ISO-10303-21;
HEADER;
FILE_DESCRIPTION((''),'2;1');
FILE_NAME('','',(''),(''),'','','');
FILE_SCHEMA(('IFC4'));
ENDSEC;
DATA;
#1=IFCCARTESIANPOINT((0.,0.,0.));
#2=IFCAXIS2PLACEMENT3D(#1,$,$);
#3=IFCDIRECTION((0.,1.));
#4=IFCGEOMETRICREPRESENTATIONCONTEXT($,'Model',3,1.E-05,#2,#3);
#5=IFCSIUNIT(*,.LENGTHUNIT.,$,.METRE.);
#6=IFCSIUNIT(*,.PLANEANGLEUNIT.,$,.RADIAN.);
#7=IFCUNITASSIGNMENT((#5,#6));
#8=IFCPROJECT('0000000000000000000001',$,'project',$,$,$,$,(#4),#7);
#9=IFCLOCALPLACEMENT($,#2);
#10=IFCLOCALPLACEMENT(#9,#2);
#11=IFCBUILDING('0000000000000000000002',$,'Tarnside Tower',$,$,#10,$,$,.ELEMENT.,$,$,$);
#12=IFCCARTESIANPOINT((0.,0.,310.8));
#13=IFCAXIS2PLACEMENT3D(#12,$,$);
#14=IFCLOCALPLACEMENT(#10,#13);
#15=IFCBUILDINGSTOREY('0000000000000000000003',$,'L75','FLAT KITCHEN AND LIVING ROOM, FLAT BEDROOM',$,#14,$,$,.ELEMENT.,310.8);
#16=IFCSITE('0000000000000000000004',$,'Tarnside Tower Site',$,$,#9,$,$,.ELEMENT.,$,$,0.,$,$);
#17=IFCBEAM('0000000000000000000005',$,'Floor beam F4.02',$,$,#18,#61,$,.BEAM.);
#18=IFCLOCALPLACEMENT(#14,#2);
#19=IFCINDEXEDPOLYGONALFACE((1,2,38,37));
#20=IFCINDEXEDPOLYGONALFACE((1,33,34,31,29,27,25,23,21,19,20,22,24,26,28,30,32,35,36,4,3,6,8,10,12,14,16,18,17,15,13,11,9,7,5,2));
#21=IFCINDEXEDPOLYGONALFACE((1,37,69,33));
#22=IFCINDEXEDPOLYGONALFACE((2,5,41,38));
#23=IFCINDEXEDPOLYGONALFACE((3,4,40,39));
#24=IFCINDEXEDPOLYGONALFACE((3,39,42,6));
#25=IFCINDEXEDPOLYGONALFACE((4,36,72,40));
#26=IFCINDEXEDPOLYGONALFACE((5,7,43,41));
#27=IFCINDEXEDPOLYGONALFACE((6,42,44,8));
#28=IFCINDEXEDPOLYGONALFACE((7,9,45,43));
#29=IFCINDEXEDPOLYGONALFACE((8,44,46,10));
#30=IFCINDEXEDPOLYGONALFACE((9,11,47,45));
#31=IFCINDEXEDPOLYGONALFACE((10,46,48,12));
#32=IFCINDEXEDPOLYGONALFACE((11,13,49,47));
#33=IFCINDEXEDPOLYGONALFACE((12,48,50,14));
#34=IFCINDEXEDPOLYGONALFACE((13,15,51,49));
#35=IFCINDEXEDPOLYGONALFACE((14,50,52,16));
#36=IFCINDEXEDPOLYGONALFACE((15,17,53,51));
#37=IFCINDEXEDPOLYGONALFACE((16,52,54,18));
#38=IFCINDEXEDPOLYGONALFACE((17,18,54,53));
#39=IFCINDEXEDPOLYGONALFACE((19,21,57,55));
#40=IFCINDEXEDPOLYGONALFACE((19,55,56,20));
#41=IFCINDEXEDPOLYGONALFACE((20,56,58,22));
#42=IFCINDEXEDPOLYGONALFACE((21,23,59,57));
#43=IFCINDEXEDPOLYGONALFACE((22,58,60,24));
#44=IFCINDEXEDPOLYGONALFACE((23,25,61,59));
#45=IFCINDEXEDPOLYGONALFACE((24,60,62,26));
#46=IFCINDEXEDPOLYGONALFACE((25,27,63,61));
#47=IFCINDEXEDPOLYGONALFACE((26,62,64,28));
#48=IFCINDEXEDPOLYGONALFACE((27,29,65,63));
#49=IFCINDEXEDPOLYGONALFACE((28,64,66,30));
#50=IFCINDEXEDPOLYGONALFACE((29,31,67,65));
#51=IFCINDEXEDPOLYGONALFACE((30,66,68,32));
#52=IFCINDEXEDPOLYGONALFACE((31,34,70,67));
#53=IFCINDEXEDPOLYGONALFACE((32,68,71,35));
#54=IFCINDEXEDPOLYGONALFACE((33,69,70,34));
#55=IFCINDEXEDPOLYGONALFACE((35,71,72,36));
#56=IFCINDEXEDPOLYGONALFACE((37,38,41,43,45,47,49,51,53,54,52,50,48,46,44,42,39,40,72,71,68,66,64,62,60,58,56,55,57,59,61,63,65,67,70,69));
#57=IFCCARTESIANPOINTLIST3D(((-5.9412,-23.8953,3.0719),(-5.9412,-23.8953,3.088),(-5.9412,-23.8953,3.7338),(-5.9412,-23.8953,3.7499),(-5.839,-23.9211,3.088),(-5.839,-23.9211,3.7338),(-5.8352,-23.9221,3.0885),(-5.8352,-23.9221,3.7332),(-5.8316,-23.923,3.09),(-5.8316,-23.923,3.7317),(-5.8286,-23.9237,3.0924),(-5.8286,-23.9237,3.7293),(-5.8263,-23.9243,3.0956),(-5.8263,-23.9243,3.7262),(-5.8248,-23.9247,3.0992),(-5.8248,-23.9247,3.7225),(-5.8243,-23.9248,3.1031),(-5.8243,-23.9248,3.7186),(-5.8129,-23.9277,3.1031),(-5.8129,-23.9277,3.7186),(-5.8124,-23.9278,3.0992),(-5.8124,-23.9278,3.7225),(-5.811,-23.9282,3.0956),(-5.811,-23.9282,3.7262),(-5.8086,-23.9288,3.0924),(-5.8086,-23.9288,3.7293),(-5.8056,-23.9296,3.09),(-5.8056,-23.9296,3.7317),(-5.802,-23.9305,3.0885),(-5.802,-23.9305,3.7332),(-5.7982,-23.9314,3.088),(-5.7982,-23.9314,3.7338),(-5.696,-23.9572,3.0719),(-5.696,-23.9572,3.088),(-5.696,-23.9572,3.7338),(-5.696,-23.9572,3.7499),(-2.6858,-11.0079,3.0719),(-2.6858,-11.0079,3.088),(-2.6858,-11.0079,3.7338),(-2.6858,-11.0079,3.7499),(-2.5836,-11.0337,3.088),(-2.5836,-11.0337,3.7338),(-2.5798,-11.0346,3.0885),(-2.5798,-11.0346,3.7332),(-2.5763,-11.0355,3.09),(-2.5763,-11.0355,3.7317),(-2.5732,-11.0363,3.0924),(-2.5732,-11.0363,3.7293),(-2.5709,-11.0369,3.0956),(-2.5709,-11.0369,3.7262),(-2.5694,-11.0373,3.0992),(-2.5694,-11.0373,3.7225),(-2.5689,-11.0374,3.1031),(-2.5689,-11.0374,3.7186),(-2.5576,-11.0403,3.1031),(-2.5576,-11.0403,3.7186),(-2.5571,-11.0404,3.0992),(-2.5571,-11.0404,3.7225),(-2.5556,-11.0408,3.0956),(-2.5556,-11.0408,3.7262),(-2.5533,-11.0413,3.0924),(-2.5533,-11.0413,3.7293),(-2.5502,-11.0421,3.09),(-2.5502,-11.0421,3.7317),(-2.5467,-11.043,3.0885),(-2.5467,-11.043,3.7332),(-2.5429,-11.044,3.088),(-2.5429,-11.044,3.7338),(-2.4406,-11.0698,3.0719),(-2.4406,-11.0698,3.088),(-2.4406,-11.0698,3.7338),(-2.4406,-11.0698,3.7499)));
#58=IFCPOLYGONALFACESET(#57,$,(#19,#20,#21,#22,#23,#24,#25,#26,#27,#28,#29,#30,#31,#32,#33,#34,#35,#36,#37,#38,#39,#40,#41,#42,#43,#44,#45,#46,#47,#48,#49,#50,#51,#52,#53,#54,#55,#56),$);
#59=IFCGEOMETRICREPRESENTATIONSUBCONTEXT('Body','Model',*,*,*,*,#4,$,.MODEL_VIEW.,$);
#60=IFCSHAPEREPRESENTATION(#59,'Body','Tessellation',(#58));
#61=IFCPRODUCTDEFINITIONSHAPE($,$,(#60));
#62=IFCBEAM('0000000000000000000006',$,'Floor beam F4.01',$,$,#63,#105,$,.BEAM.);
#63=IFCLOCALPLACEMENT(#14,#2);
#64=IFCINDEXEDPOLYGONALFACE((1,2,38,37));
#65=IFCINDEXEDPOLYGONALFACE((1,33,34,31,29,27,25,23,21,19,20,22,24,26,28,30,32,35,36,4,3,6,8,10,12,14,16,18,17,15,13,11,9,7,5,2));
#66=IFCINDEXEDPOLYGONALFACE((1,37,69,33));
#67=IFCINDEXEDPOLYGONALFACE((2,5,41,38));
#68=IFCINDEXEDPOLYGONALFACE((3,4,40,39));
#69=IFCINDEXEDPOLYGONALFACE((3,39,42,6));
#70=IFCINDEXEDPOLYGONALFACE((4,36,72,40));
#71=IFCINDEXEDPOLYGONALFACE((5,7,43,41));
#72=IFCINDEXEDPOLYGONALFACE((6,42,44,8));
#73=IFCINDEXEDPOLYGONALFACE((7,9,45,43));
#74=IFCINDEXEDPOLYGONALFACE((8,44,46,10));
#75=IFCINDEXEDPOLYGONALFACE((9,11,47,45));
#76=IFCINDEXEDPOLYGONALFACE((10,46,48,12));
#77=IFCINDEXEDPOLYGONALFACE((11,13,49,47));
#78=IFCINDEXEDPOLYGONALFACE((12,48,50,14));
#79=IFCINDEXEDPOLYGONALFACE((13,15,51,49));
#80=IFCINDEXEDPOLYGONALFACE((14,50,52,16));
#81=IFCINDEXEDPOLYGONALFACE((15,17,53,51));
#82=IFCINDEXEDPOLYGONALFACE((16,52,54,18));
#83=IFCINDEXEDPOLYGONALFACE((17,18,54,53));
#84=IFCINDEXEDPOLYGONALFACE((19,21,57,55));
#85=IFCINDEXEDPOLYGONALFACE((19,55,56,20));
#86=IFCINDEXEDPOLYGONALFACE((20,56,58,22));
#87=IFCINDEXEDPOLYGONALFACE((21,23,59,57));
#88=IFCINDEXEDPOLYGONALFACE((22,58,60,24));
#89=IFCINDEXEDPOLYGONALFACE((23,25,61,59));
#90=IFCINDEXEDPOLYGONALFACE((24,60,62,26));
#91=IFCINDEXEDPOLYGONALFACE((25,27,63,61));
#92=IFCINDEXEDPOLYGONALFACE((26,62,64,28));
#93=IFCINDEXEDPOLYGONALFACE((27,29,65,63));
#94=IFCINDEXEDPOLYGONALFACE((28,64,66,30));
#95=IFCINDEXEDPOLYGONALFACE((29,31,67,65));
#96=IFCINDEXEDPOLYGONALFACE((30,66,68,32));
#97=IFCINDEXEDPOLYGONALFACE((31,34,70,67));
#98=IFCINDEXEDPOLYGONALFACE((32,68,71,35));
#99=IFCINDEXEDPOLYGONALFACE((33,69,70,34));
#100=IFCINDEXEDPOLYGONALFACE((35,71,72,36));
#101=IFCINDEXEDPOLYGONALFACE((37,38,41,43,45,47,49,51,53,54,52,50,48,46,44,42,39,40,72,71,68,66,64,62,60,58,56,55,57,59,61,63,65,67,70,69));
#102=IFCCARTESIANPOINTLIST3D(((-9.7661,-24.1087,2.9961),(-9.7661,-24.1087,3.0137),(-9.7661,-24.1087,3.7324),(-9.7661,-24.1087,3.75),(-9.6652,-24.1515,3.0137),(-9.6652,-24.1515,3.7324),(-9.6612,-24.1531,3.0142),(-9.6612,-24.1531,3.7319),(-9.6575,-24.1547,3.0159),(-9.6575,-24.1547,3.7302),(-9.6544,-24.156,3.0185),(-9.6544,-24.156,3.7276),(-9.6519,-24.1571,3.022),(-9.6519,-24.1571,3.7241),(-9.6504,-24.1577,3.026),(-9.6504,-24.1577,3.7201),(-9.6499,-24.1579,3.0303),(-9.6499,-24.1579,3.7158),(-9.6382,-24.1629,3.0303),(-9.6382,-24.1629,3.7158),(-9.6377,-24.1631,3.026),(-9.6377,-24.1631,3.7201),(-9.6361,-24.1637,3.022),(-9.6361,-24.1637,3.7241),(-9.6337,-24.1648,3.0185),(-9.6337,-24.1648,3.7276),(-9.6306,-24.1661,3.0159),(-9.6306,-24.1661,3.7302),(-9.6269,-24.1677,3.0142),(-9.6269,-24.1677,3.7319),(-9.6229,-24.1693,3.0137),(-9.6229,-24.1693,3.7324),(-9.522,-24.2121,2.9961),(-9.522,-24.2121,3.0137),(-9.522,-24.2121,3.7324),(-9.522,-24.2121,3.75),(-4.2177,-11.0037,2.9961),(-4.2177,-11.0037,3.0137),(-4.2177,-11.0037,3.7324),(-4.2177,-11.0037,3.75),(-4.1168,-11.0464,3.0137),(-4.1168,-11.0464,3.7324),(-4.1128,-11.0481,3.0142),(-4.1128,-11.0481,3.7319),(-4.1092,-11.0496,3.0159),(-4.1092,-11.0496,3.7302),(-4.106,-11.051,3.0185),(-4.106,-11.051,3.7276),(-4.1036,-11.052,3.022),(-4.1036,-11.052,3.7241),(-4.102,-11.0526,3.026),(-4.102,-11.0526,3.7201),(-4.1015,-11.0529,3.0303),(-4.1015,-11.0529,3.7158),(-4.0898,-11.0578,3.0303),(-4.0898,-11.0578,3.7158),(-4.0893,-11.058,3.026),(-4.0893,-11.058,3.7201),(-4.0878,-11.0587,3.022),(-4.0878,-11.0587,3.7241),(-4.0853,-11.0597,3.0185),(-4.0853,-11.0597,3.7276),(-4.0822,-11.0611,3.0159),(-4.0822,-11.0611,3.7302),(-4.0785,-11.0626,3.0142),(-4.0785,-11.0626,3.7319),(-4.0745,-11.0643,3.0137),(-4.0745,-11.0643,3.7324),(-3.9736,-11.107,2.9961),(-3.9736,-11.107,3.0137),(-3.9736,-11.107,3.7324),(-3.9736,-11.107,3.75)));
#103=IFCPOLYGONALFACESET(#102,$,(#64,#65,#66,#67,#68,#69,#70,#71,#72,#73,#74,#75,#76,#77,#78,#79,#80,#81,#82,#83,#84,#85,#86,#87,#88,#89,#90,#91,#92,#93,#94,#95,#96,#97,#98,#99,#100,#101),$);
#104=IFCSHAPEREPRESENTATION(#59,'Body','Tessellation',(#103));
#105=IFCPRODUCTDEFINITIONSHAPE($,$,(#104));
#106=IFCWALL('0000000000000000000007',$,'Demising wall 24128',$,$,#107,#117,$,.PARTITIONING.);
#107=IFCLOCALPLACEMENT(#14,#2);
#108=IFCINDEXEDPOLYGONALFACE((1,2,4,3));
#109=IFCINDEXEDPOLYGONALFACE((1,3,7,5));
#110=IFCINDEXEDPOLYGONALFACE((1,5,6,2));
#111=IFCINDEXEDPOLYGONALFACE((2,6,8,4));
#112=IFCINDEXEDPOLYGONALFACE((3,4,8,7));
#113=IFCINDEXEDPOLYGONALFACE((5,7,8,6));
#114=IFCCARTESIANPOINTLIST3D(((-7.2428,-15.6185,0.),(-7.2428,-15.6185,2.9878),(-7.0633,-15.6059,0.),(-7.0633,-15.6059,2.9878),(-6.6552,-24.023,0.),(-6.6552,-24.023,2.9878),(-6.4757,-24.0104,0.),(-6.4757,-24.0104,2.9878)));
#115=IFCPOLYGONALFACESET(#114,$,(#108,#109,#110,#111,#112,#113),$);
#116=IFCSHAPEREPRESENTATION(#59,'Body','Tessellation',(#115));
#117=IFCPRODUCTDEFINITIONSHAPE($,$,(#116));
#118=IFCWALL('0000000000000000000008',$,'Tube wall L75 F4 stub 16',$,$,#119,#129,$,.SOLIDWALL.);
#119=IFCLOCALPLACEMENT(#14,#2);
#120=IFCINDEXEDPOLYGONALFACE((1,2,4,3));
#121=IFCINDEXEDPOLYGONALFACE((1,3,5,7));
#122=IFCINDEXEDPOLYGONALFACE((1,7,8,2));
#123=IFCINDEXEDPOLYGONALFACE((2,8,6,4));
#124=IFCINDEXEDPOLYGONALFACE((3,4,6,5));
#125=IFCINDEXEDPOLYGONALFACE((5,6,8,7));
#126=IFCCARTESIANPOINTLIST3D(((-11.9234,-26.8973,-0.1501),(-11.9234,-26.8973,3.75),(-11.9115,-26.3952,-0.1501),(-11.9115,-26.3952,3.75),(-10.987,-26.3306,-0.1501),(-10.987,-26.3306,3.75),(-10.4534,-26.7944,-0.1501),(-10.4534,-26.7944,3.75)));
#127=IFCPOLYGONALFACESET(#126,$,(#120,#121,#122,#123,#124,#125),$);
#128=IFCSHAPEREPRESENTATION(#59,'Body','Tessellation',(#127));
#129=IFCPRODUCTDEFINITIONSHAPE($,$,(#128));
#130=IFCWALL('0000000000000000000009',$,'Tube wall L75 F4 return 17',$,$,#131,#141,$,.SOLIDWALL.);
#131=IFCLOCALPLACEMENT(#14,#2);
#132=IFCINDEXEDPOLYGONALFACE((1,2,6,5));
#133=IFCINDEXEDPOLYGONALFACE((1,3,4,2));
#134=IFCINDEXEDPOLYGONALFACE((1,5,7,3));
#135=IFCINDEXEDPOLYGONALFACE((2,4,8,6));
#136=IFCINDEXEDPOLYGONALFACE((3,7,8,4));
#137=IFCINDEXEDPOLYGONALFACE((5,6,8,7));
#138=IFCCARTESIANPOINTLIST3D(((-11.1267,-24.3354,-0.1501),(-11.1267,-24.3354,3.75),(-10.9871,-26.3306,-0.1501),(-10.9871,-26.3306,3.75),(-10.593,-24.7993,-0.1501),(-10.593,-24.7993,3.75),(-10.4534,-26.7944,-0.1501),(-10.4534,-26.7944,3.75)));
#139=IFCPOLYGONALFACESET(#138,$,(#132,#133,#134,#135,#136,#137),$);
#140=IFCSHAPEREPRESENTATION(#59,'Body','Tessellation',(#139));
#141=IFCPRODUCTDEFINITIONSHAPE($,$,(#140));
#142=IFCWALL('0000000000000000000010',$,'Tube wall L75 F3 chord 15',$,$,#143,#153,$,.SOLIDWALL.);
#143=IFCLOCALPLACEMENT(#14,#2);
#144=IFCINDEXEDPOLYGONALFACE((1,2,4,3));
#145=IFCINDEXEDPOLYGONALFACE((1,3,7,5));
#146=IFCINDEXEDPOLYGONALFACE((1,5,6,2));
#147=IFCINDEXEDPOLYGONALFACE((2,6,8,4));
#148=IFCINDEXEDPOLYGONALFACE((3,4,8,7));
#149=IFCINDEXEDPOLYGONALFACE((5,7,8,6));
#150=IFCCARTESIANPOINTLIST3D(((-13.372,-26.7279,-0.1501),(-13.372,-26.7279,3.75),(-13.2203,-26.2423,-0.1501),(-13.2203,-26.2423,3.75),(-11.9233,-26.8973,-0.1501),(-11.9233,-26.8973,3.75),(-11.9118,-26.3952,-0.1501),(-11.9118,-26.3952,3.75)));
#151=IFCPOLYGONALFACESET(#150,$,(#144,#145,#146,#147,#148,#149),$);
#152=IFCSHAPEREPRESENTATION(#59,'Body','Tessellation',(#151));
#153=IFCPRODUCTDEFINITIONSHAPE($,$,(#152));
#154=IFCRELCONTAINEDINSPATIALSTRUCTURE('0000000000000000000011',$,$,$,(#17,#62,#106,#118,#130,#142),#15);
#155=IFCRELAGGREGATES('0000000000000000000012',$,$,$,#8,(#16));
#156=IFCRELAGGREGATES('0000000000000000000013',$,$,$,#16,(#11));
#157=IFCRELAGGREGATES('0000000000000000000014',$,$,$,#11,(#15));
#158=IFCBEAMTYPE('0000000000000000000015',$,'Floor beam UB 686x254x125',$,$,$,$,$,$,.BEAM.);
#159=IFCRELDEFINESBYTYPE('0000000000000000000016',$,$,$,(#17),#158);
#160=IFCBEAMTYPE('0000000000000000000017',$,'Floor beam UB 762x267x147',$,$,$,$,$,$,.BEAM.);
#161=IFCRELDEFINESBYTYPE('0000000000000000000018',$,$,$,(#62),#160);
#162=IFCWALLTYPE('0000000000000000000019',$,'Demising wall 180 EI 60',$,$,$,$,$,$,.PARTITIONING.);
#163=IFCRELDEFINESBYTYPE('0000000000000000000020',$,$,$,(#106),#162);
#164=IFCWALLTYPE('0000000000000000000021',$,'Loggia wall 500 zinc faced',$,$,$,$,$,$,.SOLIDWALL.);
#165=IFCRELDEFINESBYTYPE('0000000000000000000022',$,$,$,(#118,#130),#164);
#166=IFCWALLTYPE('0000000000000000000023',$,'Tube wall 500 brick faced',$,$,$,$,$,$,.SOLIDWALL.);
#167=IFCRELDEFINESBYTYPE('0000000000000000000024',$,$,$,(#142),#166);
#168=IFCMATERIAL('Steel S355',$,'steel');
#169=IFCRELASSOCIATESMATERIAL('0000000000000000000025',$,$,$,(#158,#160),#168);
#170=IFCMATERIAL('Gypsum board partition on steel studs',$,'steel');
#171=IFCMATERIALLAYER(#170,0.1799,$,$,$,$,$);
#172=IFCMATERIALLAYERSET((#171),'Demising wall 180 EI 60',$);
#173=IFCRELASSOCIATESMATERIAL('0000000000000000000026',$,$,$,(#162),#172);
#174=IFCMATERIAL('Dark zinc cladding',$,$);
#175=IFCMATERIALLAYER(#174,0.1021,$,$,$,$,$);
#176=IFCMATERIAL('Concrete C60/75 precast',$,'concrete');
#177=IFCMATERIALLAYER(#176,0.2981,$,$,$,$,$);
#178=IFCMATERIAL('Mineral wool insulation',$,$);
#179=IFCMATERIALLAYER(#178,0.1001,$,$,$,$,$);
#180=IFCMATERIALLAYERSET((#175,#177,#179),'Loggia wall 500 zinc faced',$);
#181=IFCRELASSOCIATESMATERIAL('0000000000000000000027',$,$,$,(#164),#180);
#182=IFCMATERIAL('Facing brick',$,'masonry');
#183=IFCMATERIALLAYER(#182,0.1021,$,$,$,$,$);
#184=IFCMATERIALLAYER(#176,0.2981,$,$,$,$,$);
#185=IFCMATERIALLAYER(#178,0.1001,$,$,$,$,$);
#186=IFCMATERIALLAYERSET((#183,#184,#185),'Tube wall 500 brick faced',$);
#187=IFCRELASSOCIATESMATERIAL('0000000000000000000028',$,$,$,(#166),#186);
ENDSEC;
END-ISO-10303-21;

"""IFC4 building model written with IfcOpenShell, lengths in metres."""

from ifc_helpers import new_model, si_unit, direction, frame, frame_2d, origin, origin_2d, place, context, subcontext, project, spatial, polyline, rectangle, i_section, outline, extrude, material, layer, layer_set, material_profile, profile_set, type_object, element, save


model = new_model("IFC4")

# Units and contexts
model_context = context("Model", 3, precision=1e-05, world=origin(), true_north=direction((0.0, 1.0)))
body_context = subcontext(model_context, "Body", "Model", "MODEL_VIEW")
ifc_project = project(units=[si_unit("LENGTHUNIT", "METRE"), si_unit("PLANEANGLEUNIT", "RADIAN")], contexts=[model_context])

# Site, building, storey
site_placement = place(None, origin())
site = spatial("IfcSite", under=ifc_project, at=site_placement, Name="Tarnside Tower Site", CompositionType="ELEMENT", RefElevation=0.0)
building_placement = place(site_placement, origin())
building = spatial("IfcBuilding", under=site, at=building_placement, Name="Tarnside Tower", CompositionType="ELEMENT")
storey_placement = place(building_placement, frame((0.0, 0.0, 310.8)))
storey = spatial("IfcBuildingStorey", under=building, at=storey_placement, Name="L75", Description="FLAT KITCHEN AND LIVING ROOM, FLAT BEDROOM", CompositionType="ELEMENT", Elevation=310.8)

# Beams
ifc_material_1 = material(Name="Steel S355", Category="steel")
ifc_material_profile_1 = material_profile(ifc_material_1, i_section(OverallWidth=0.2529, OverallDepth=0.678, WebThickness=0.0117, FlangeThickness=0.0161, FilletRadius=0.0151, at=origin_2d()), Name="UB 686x254x125")
ifc_profile_set_1 = profile_set([ifc_material_profile_1], Name="Steel S355")
beam_type_1 = type_object("IfcBeamType", Name="Floor beam UB 686x254x125", PredefinedType="BEAM", material=ifc_profile_set_1)
beam_1_placement = place(storey_placement, frame((-5.8186, -23.9263, 3.4109), z_axis=(0.244908, 0.969546, 0.0), x_axis=(-0.969546, 0.244908, 0.0)))
element("IfcBeam", 1, at=beam_1_placement, inside=storey, type_object=beam_type_1, Name="Floor beam F4.02", PredefinedType="BEAM", context=body_context, shape_type="SweptSolid", body=[
    extrude(i_section(OverallWidth=0.2529, OverallDepth=0.678, WebThickness=0.0117, FlangeThickness=0.0161, FilletRadius=0.0151, at=origin_2d()), origin(), (0.0, 0.0, 1.0), 13.2922),
])
ifc_material_profile_2 = material_profile(ifc_material_1, i_section(OverallWidth=0.2651, OverallDepth=0.7539, WebThickness=0.0127, FlangeThickness=0.0176, FilletRadius=0.0166, at=origin_2d()), Name="UB 762x267x147")
ifc_profile_set_2 = profile_set([ifc_material_profile_2], Name="Steel S355")
beam_type_2 = type_object("IfcBeamType", Name="Floor beam UB 762x267x147", PredefinedType="BEAM", material=ifc_profile_set_2)
beam_2_placement = place(storey_placement, frame((-9.644, -24.1604, 3.373), z_axis=(0.389874, 0.920868, 0.0), x_axis=(-0.920868, 0.389874, 0.0)))
element("IfcBeam", 2, at=beam_2_placement, inside=storey, type_object=beam_type_2, Name="Floor beam F4.01", PredefinedType="BEAM", context=body_context, shape_type="SweptSolid", body=[
    extrude(i_section(OverallWidth=0.2651, OverallDepth=0.7539, WebThickness=0.0127, FlangeThickness=0.0176, FilletRadius=0.0166, at=origin_2d()), origin(), (0.0, 0.0, 1.0), 14.2312),
])

# Walls
ifc_material_2 = material(Name="Gypsum board partition on steel studs", Category="steel")
ifc_layer_1 = layer(ifc_material_2, 0.1799)
ifc_layer_set_1 = layer_set([ifc_layer_1], Name="Demising wall 180 EI 60")
wall_type_1 = type_object("IfcWallType", Name="Demising wall 180 EI 60", PredefinedType="PARTITIONING", material=ifc_layer_set_1)
wall_1_placement = place(storey_placement, frame((-6.5654, -24.0166, 0.0), z_axis=(0.0, 0.0, 1.0), x_axis=(-0.06975, 0.997565, 0.0)))
element("IfcWall", 3, at=wall_1_placement, inside=storey, type_object=wall_type_1, Name="Demising wall 24128", PredefinedType="PARTITIONING", context=body_context, shape_type="SweptSolid", body=[
    extrude(rectangle(XDim=8.425, YDim=0.1799, at=frame_2d((4.2124, 0.0))), origin(), (0.0, 0.0, 1.0), 2.9878),
])
ifc_material_3 = material(Name="Dark zinc cladding")
ifc_layer_2 = layer(ifc_material_3, 0.1021)
ifc_material_4 = material(Name="Concrete C60/75 precast", Category="concrete")
ifc_layer_3 = layer(ifc_material_4, 0.2981)
ifc_material_5 = material(Name="Mineral wool insulation")
ifc_layer_4 = layer(ifc_material_5, 0.1001)
ifc_layer_set_2 = layer_set([ifc_layer_2, ifc_layer_3, ifc_layer_4], Name="Loggia wall 500 zinc faced")
wall_type_2 = type_object("IfcWallType", Name="Loggia wall 500 zinc faced", PredefinedType="SOLIDWALL", material=ifc_layer_set_2)
wall_2_placement = place(storey_placement, frame((-11.9175, -26.6462, -0.1501), z_axis=(0.0, 0.0, 1.0), x_axis=(0.997563, 0.069772, 0.0)))
element("IfcWall", 4, at=wall_2_placement, inside=storey, type_object=wall_type_2, Name="Tube wall L75 F4 stub 16", PredefinedType="SOLIDWALL", context=body_context, shape_type="SweptSolid", body=[
    extrude(outline(polyline([(-0.0234, -0.25), (1.4502, -0.25), (0.9502, 0.25), (0.0234, 0.25), (-0.0234, -0.25)])), origin(), (0.0, 0.0, 1.0), 3.9001),
])
wall_3_placement = place(storey_placement, frame((-10.7202, -26.5625, -0.1501), z_axis=(0.0, 0.0, 1.0), x_axis=(-0.069824, 0.997559, 0.0)))
element("IfcWall", 5, at=wall_3_placement, inside=storey, type_object=wall_type_2, Name="Tube wall L75 F4 return 17", PredefinedType="SOLIDWALL", context=body_context, shape_type="SweptSolid", body=[
    extrude(outline(polyline([(-0.25, -0.25), (1.75, -0.25), (2.25, 0.25), (0.25, 0.25), (-0.25, -0.25)])), origin(), (0.0, 0.0, 1.0), 3.9001),
])

# Wall
ifc_material_6 = material(Name="Facing brick", Category="masonry")
ifc_layer_5 = layer(ifc_material_6, 0.1021)
ifc_layer_6 = layer(ifc_material_4, 0.2981)
ifc_layer_7 = layer(ifc_material_5, 0.1001)
ifc_layer_set_3 = layer_set([ifc_layer_5, ifc_layer_6, ifc_layer_7], Name="Tube wall 500 brick faced")
wall_type_3 = type_object("IfcWallType", Name="Tube wall 500 brick faced", PredefinedType="SOLIDWALL", material=ifc_layer_set_3)
wall_4_placement = place(storey_placement, frame((-13.2961, -26.4851, -0.1501), z_axis=(0.0, 0.0, 1.0), x_axis=(0.993239, -0.116086, 0.0)))
element("IfcWall", 6, at=wall_4_placement, inside=storey, type_object=wall_type_3, Name="Tube wall L75 F3 chord 15", PredefinedType="SOLIDWALL", context=body_context, shape_type="SweptSolid", body=[
    extrude(outline(polyline([(-0.0471, -0.25), (1.4114, -0.25), (1.3645, 0.25), (0.0471, 0.25), (-0.0471, -0.25)])), origin(), (0.0, 0.0, 1.0), 3.9001),
])

save(model, "model.ifc")
